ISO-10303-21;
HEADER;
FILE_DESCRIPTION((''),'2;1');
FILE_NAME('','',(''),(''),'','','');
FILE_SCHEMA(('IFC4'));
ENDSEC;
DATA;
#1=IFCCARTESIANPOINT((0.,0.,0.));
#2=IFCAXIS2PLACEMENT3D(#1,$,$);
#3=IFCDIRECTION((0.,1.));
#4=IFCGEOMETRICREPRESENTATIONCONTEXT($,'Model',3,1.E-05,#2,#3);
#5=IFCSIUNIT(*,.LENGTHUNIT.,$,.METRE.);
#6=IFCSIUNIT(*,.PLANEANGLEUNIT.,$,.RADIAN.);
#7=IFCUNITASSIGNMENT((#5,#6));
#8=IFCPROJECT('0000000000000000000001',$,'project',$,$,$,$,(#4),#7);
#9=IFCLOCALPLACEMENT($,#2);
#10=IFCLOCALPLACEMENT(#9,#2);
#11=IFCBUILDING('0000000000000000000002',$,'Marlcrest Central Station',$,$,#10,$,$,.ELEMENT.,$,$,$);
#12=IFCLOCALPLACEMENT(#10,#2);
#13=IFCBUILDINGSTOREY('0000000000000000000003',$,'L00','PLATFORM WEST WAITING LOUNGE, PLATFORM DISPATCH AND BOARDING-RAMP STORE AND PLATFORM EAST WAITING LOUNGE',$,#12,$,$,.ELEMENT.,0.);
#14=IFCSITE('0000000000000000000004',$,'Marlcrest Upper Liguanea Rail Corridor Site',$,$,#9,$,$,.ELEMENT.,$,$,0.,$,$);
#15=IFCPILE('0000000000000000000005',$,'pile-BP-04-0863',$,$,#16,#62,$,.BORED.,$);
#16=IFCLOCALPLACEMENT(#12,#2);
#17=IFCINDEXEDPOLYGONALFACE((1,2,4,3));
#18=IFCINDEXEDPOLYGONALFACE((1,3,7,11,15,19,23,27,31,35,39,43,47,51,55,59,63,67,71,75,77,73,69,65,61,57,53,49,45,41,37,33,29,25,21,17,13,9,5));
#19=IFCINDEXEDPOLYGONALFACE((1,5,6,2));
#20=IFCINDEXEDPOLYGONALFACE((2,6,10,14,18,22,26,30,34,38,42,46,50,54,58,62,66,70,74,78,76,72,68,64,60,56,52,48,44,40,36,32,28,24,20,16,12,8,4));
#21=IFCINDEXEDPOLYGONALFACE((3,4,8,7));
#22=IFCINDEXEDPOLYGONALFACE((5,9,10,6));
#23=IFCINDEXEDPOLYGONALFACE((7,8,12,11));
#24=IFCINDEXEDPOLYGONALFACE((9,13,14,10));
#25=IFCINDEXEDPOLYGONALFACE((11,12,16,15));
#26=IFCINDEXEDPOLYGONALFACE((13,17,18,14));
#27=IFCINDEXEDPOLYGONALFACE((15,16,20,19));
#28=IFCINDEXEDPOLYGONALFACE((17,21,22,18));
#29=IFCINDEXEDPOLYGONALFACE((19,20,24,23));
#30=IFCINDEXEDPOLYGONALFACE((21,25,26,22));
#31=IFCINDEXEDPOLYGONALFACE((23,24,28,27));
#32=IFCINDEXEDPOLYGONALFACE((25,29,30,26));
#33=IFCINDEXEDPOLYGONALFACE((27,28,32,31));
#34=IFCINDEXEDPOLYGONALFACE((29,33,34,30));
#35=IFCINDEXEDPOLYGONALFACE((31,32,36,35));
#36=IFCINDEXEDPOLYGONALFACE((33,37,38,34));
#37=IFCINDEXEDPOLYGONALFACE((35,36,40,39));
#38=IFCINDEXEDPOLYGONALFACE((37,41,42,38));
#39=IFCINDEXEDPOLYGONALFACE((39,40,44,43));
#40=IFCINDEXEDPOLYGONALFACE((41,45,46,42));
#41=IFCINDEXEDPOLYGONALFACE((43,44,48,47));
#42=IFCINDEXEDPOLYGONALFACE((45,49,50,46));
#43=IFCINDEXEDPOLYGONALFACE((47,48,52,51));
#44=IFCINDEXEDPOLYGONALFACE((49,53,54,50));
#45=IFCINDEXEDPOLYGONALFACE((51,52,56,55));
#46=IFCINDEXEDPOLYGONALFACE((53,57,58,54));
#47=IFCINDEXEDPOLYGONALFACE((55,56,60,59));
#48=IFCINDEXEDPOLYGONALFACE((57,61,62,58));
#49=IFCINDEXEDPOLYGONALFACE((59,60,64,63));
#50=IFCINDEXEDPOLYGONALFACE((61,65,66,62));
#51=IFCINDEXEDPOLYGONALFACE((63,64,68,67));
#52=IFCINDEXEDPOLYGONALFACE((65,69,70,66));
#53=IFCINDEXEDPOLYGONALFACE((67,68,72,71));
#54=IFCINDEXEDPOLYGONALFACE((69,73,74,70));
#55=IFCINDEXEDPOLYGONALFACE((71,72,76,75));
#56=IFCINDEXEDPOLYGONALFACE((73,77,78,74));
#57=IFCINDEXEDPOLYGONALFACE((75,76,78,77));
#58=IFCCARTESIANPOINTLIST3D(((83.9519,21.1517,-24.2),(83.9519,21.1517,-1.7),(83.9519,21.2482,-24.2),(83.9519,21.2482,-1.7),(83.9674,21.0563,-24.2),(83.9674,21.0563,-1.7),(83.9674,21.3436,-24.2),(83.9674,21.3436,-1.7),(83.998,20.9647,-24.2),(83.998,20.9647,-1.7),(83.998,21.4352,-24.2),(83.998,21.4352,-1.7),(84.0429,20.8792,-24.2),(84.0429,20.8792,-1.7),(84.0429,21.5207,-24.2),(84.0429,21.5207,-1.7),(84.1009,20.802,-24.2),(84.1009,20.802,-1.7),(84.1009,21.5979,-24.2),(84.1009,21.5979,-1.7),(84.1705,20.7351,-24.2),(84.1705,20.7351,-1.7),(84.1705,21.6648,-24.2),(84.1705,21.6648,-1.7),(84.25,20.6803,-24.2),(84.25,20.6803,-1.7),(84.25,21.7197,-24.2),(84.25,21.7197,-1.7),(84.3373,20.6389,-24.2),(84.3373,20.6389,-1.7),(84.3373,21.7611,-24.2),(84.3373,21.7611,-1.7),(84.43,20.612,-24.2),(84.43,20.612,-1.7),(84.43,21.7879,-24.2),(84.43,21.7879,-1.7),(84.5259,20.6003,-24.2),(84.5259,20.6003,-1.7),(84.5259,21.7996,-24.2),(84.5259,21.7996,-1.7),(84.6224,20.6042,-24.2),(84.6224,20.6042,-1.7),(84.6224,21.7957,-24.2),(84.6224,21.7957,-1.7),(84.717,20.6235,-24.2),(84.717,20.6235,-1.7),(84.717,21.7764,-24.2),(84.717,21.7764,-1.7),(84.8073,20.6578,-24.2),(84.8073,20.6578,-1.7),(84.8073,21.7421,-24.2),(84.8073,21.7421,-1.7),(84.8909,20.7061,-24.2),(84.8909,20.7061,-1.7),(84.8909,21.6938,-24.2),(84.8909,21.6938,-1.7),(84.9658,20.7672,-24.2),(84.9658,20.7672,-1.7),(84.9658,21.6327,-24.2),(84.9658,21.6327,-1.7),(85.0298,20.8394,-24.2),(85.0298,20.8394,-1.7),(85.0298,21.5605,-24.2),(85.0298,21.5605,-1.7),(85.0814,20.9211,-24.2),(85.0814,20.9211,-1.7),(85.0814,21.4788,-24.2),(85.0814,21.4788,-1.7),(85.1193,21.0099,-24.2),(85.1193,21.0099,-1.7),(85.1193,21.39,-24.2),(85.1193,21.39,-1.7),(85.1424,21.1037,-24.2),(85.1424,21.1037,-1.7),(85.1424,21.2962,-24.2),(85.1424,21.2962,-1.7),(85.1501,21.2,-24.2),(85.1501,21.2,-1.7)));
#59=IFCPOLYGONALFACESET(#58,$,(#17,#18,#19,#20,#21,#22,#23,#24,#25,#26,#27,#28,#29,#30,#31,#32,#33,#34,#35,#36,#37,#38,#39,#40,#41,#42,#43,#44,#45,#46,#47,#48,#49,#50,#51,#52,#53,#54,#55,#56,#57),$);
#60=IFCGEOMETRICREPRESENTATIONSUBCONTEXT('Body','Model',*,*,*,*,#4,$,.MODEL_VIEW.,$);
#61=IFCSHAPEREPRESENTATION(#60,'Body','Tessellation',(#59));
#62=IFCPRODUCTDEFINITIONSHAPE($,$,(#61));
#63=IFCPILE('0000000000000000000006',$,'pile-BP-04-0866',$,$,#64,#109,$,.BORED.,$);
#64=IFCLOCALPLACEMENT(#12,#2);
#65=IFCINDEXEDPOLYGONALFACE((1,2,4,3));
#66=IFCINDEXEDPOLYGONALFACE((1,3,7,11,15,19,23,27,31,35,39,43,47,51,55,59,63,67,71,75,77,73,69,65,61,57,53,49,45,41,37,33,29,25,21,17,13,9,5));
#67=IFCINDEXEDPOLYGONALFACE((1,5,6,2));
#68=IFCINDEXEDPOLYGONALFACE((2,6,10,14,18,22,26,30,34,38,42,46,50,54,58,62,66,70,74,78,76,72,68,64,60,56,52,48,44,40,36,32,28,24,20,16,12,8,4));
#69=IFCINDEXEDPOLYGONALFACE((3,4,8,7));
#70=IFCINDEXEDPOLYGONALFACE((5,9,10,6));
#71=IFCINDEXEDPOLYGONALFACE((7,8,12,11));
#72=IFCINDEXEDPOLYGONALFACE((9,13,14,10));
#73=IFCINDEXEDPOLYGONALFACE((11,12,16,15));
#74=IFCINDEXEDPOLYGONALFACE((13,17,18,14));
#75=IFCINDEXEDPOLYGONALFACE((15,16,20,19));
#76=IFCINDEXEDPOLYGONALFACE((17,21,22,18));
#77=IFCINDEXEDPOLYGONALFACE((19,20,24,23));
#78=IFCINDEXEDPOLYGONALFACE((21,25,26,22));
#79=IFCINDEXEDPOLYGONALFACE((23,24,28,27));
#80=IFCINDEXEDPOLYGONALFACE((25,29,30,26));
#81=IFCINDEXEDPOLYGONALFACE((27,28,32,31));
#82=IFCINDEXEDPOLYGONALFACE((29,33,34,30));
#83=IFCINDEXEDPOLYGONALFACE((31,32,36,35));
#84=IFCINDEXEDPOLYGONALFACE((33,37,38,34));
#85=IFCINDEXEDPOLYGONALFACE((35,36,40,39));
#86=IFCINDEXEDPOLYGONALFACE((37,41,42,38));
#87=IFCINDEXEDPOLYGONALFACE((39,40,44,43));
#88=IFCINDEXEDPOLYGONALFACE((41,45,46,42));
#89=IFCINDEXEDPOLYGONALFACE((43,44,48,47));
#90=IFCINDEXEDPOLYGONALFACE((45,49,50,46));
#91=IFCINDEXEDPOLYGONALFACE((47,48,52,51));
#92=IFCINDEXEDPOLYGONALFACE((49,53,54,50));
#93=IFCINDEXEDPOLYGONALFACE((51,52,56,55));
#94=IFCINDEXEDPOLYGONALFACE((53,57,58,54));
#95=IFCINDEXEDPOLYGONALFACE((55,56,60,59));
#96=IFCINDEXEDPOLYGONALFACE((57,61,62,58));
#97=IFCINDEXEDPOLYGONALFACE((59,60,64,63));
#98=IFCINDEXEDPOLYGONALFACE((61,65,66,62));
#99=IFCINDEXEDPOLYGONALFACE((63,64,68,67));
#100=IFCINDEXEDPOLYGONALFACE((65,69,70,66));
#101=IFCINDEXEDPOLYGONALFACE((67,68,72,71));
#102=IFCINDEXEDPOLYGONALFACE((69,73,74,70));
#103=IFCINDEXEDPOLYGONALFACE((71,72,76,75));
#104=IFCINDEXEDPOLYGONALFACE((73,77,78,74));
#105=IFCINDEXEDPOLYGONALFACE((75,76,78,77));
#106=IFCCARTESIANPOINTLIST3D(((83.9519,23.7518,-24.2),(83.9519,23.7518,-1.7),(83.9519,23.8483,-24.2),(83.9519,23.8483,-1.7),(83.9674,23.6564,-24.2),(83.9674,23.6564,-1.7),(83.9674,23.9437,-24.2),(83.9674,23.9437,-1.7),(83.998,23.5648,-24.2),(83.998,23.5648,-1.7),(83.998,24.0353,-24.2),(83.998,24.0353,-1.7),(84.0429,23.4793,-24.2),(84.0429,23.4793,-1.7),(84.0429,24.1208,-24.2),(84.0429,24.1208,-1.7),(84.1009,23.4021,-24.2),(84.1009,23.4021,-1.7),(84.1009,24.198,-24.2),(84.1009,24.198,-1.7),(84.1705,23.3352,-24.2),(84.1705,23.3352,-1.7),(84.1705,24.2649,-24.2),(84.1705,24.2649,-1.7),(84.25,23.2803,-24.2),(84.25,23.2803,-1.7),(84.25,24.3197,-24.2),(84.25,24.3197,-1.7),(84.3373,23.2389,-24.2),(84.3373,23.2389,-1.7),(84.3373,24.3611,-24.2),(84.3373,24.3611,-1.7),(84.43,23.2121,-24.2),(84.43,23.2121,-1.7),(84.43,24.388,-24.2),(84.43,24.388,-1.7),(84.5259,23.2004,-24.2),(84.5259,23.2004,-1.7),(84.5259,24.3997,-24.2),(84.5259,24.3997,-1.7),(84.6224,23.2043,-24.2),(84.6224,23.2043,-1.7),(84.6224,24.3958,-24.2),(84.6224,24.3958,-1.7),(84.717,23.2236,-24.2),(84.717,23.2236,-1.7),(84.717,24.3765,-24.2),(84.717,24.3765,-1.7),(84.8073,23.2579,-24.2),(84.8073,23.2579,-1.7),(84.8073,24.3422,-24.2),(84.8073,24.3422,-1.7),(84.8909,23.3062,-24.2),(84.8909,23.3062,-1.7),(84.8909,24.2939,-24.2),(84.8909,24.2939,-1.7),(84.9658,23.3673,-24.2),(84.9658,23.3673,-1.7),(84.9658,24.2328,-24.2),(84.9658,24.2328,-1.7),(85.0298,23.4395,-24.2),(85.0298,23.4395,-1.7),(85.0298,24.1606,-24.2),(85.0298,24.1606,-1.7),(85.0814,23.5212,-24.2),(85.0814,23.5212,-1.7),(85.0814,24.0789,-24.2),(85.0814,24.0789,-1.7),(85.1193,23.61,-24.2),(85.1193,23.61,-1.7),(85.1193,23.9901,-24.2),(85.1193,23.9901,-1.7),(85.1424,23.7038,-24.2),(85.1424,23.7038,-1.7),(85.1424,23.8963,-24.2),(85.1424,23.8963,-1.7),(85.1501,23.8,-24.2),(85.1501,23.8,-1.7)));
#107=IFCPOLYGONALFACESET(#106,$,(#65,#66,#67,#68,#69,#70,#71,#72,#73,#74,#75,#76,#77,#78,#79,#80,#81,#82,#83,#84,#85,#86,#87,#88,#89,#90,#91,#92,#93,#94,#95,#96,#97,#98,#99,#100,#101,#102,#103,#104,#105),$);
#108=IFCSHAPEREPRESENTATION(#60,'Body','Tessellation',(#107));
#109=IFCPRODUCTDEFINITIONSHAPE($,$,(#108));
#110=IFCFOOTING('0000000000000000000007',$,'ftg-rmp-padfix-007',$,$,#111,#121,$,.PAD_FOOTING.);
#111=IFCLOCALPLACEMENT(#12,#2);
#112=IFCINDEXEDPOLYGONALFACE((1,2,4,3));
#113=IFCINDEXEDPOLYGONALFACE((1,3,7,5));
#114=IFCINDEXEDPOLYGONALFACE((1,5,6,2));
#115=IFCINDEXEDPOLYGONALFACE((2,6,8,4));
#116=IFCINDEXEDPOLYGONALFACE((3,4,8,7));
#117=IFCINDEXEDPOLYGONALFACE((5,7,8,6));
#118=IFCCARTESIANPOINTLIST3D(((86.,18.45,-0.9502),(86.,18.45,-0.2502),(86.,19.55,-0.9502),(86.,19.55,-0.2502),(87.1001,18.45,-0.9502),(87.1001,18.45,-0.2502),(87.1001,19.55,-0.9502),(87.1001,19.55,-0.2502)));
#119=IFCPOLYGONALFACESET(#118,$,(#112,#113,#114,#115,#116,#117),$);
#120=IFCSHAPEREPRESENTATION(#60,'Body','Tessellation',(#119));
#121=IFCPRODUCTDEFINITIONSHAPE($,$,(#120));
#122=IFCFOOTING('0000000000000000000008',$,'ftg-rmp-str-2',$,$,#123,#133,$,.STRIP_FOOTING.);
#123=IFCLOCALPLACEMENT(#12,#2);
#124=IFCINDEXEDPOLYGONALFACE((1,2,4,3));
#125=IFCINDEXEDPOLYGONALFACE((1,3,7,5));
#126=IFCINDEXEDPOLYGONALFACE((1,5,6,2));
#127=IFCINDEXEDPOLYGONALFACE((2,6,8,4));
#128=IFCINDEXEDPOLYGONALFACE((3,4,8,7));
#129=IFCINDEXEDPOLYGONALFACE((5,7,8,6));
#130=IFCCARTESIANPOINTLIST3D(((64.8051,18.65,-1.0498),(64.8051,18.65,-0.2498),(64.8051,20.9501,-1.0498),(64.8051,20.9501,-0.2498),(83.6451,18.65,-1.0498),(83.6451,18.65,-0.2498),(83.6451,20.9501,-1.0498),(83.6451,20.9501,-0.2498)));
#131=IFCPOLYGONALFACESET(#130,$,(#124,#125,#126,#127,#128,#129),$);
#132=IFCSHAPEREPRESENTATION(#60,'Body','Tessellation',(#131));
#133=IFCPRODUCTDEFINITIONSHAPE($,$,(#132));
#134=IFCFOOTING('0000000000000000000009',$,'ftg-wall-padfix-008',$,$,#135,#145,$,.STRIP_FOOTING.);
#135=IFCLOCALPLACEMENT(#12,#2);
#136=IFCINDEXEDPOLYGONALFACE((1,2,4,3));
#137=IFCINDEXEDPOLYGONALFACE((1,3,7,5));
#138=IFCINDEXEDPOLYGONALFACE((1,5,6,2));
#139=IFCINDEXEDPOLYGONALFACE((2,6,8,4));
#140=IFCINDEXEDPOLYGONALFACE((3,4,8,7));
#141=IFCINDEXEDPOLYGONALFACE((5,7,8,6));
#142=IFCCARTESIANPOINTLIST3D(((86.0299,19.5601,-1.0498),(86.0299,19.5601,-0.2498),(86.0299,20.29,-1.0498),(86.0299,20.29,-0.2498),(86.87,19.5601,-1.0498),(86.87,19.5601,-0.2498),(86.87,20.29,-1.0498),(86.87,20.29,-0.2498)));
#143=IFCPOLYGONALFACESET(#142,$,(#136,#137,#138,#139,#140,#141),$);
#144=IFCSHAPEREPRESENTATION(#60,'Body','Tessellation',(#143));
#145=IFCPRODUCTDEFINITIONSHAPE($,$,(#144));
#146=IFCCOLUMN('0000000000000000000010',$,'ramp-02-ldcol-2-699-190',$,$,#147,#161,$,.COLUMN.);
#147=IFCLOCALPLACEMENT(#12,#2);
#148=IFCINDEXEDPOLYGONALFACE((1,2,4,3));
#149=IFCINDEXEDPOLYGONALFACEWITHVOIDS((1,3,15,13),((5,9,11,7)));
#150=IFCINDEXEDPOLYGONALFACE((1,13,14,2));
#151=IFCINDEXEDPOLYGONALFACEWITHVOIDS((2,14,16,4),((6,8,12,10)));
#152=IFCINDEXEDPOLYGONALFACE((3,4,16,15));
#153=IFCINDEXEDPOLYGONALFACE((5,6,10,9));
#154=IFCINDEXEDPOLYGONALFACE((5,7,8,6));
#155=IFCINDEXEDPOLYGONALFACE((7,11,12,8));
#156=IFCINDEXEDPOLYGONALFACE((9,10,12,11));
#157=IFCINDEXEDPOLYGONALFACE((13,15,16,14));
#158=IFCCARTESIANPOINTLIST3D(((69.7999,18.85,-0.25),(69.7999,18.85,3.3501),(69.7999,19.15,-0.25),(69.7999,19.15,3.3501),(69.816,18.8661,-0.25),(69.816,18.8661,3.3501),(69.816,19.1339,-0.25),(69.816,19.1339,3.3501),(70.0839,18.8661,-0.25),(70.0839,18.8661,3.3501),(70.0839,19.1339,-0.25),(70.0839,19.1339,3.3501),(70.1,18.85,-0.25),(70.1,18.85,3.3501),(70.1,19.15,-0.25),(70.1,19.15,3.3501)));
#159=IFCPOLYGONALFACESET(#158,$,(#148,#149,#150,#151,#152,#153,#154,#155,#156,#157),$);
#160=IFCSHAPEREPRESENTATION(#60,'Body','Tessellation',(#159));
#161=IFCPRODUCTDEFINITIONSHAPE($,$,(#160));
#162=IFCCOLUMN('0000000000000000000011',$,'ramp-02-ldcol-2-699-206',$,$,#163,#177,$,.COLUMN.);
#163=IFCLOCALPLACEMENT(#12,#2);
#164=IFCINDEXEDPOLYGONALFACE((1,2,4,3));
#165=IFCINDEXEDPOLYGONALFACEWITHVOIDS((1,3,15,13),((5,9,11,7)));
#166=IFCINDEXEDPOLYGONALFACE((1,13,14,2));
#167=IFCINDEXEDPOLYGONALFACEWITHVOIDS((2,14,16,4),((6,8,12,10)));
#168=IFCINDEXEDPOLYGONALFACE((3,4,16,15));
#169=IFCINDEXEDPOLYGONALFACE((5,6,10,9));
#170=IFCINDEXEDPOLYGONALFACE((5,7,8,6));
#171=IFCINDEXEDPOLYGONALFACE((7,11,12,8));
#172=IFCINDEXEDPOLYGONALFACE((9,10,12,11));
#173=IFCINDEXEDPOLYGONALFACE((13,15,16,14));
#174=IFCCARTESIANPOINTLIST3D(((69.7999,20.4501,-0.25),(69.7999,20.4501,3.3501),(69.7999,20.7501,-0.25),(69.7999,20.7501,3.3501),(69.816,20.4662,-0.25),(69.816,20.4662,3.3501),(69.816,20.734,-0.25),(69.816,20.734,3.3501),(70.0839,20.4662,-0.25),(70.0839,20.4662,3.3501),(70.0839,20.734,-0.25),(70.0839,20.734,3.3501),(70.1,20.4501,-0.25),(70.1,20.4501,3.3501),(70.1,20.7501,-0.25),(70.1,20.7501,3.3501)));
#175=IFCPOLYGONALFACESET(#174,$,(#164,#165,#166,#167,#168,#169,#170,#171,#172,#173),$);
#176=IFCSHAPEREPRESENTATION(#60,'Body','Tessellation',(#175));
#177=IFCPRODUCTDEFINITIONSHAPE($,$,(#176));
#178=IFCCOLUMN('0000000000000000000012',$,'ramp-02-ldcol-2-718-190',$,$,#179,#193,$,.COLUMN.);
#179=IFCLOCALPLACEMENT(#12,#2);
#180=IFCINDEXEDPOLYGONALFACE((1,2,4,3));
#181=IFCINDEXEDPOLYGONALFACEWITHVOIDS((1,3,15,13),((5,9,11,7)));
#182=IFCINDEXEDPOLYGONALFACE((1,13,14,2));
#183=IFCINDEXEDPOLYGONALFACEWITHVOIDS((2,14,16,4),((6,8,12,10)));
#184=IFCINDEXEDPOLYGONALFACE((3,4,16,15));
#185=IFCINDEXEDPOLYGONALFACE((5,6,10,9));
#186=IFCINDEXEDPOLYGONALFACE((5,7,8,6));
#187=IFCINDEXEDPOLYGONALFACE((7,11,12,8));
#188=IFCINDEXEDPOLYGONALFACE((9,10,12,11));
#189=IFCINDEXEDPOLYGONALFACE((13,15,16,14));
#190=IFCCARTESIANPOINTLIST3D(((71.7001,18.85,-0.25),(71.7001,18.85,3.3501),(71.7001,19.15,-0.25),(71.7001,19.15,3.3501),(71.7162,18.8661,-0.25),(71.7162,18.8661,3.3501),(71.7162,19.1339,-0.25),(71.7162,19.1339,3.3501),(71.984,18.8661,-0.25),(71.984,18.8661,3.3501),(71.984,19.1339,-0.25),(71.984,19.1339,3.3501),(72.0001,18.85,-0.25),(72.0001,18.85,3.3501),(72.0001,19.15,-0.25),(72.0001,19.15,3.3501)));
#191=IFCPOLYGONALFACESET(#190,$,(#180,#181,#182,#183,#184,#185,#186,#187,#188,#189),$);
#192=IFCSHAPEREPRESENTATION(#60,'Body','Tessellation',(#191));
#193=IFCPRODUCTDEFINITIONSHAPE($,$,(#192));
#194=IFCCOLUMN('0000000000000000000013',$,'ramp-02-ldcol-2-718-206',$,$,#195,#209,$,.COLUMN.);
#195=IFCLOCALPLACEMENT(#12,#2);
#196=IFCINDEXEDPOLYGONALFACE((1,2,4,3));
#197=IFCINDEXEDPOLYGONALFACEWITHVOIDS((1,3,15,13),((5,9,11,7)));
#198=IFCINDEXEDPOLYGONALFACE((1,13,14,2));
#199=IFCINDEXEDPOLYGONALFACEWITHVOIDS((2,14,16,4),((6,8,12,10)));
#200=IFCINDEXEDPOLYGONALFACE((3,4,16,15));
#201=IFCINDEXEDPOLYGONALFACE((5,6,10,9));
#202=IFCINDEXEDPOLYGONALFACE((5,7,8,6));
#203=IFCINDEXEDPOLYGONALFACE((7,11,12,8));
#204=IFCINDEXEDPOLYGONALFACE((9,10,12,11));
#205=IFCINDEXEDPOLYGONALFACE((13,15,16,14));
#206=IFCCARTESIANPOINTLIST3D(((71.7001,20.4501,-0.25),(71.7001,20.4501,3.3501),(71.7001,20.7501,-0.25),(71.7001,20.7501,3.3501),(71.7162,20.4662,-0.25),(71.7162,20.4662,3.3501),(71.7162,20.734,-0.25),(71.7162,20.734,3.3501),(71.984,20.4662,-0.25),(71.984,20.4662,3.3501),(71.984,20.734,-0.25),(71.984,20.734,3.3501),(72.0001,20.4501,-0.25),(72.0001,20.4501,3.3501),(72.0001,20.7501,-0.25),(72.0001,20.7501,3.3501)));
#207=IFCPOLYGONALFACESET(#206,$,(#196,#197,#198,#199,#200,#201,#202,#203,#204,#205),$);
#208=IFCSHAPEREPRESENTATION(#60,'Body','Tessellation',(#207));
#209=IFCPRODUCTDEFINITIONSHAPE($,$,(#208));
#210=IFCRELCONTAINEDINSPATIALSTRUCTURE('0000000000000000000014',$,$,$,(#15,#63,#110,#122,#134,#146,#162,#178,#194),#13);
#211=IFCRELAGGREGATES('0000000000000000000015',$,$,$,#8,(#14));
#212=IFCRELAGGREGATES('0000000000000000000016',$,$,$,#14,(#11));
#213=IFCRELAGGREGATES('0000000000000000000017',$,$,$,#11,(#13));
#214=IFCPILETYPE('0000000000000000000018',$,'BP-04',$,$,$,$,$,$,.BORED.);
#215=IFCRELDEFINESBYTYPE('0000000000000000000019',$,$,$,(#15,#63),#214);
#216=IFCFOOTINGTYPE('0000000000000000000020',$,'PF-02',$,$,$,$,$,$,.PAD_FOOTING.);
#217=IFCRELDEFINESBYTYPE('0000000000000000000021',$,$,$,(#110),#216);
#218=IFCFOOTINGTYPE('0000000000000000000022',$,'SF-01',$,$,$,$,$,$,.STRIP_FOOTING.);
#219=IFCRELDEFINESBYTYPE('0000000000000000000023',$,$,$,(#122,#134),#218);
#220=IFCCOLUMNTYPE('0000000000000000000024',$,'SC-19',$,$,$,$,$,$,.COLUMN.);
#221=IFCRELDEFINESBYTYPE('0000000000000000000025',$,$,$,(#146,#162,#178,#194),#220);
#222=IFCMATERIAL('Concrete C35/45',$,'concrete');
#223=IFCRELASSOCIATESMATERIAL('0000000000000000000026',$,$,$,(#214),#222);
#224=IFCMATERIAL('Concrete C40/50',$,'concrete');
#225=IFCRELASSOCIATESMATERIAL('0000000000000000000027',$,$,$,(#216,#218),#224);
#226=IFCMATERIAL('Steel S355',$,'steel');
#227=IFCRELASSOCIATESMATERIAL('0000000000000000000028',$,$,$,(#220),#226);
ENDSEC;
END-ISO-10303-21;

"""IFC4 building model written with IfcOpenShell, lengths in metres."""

from ifc_helpers import new_model, si_unit, direction, frame, origin, origin_2d, place, context, subcontext, project, spatial, rectangle, hollow_rectangle, circle, extrude, material, material_profile, profile_set, type_object, element, save


model = new_model("IFC4")

# Units and contexts
model_context = context("Model", 3, precision=1e-05, world=origin(), true_north=direction((0.0, 1.0)))
body_context = subcontext(model_context, "Body", "Model", "MODEL_VIEW")
ifc_project = project(units=[si_unit("LENGTHUNIT", "METRE"), si_unit("PLANEANGLEUNIT", "RADIAN")], contexts=[model_context])

# Site, building, storey
site_placement = place(None, origin())
site = spatial("IfcSite", under=ifc_project, at=site_placement, Name="Marlcrest Upper Liguanea Rail Corridor Site", CompositionType="ELEMENT", RefElevation=0.0)
building_placement = place(site_placement, origin())
building = spatial("IfcBuilding", under=site, at=building_placement, Name="Marlcrest Central Station", CompositionType="ELEMENT")
storey_placement = place(building_placement, origin())
storey = spatial("IfcBuildingStorey", under=building, at=storey_placement, Name="L00", Description="PLATFORM WEST WAITING LOUNGE, PLATFORM DISPATCH AND BOARDING-RAMP STORE AND PLATFORM EAST WAITING LOUNGE", CompositionType="ELEMENT", Elevation=0.0)

# Piles
ifc_material_1 = material(Name="Concrete C35/45", Category="concrete")
ifc_material_profile_1 = material_profile(ifc_material_1, circle(Radius=0.6001, at=origin_2d()), Name="PILE D1200")
ifc_profile_set_1 = profile_set([ifc_material_profile_1], Name="Concrete C35/45")
pile_type = type_object("IfcPileType", Name="BP-04", PredefinedType="BORED", material=ifc_profile_set_1)
for number, where, z_axis, x_axis, name in (
    (1, (84.55, 21.2, -1.7), (0.0, 0.0, -1.0), (1.0, 0.0, 0.0), "pile-BP-04-0863"),
    (2, (84.55, 23.8, -1.7), (0.0, 0.0, -1.0), (1.0, 0.0, 0.0), "pile-BP-04-0866"),
):
    element("IfcPile", number, at=place(storey_placement, frame(where, z_axis=z_axis, x_axis=x_axis)), inside=storey, type_object=pile_type, Name=name, PredefinedType="BORED", context=body_context, shape_type="SweptSolid", body=[
        extrude(circle(Radius=0.6001, at=origin_2d()), origin(), (0.0, 0.0, 1.0), 22.5),
    ])

# Footings
ifc_material_2 = material(Name="Concrete C40/50", Category="concrete")
footing_type_1 = type_object("IfcFootingType", Name="PF-02", PredefinedType="PAD_FOOTING", material=ifc_material_2)
footing_1_placement = place(storey_placement, frame((86.55, 19.0, -0.9502), z_axis=(0.0, 0.0, 1.0), x_axis=(1.0, 0.0, 0.0)))
element("IfcFooting", 3, at=footing_1_placement, inside=storey, type_object=footing_type_1, Name="ftg-rmp-padfix-007", PredefinedType="PAD_FOOTING", context=body_context, shape_type="SweptSolid", body=[
    extrude(rectangle(XDim=1.1001, YDim=1.1001, at=origin_2d()), origin(), (0.0, 0.0, 1.0), 0.7),
])
footing_type_2 = type_object("IfcFootingType", Name="SF-01", PredefinedType="STRIP_FOOTING", material=ifc_material_2)
footing_2_placement = place(storey_placement, frame((74.2251, 19.8, -1.0498), z_axis=(0.0, 0.0, 1.0), x_axis=(1.0, 0.0, 0.0)))
element("IfcFooting", 4, at=footing_2_placement, inside=storey, type_object=footing_type_2, Name="ftg-rmp-str-2", PredefinedType="STRIP_FOOTING", context=body_context, shape_type="SweptSolid", body=[
    extrude(rectangle(XDim=18.8401, YDim=2.3, at=origin_2d()), origin(), (0.0, 0.0, 1.0), 0.8),
])
footing_3_placement = place(storey_placement, frame((86.45, 19.925, -1.0498), z_axis=(0.0, 0.0, 1.0), x_axis=(1.0, 0.0, 0.0)))
element("IfcFooting", 5, at=footing_3_placement, inside=storey, type_object=footing_type_2, Name="ftg-wall-padfix-008", PredefinedType="STRIP_FOOTING", context=body_context, shape_type="SweptSolid", body=[
    extrude(rectangle(XDim=0.8401, YDim=0.73, at=origin_2d()), origin(), (0.0, 0.0, 1.0), 0.8),
])

# Columns
ifc_material_3 = material(Name="Steel S355", Category="steel")
ifc_material_profile_2 = material_profile(ifc_material_3, hollow_rectangle(XDim=0.3, YDim=0.3, WallThickness=0.0161, at=origin_2d()), Name="SHS 300x300x16")
ifc_profile_set_2 = profile_set([ifc_material_profile_2], Name="Steel S355")
column_type = type_object("IfcColumnType", Name="SC-19", PredefinedType="COLUMN", material=ifc_profile_set_2)
for number, where, z_axis, x_axis, name in (
    (6, (69.95, 19.0, -0.25), (0.0, 0.0, 1.0), (1.0, 0.0, 0.0), "ramp-02-ldcol-2-699-190"),
    (7, (69.95, 20.6001, -0.25), (0.0, 0.0, 1.0), (1.0, 0.0, 0.0), "ramp-02-ldcol-2-699-206"),
    (8, (71.8501, 19.0, -0.25), (0.0, 0.0, 1.0), (1.0, 0.0, 0.0), "ramp-02-ldcol-2-718-190"),
    (9, (71.8501, 20.6001, -0.25), (0.0, 0.0, 1.0), (1.0, 0.0, 0.0), "ramp-02-ldcol-2-718-206"),
):
    element("IfcColumn", number, at=place(storey_placement, frame(where, z_axis=z_axis, x_axis=x_axis)), inside=storey, type_object=column_type, Name=name, PredefinedType="COLUMN", context=body_context, shape_type="SweptSolid", body=[
        extrude(hollow_rectangle(XDim=0.3, YDim=0.3, WallThickness=0.0161, at=origin_2d()), origin(), (0.0, 0.0, 1.0), 3.6001),
    ])

save(model, "model.ifc")
